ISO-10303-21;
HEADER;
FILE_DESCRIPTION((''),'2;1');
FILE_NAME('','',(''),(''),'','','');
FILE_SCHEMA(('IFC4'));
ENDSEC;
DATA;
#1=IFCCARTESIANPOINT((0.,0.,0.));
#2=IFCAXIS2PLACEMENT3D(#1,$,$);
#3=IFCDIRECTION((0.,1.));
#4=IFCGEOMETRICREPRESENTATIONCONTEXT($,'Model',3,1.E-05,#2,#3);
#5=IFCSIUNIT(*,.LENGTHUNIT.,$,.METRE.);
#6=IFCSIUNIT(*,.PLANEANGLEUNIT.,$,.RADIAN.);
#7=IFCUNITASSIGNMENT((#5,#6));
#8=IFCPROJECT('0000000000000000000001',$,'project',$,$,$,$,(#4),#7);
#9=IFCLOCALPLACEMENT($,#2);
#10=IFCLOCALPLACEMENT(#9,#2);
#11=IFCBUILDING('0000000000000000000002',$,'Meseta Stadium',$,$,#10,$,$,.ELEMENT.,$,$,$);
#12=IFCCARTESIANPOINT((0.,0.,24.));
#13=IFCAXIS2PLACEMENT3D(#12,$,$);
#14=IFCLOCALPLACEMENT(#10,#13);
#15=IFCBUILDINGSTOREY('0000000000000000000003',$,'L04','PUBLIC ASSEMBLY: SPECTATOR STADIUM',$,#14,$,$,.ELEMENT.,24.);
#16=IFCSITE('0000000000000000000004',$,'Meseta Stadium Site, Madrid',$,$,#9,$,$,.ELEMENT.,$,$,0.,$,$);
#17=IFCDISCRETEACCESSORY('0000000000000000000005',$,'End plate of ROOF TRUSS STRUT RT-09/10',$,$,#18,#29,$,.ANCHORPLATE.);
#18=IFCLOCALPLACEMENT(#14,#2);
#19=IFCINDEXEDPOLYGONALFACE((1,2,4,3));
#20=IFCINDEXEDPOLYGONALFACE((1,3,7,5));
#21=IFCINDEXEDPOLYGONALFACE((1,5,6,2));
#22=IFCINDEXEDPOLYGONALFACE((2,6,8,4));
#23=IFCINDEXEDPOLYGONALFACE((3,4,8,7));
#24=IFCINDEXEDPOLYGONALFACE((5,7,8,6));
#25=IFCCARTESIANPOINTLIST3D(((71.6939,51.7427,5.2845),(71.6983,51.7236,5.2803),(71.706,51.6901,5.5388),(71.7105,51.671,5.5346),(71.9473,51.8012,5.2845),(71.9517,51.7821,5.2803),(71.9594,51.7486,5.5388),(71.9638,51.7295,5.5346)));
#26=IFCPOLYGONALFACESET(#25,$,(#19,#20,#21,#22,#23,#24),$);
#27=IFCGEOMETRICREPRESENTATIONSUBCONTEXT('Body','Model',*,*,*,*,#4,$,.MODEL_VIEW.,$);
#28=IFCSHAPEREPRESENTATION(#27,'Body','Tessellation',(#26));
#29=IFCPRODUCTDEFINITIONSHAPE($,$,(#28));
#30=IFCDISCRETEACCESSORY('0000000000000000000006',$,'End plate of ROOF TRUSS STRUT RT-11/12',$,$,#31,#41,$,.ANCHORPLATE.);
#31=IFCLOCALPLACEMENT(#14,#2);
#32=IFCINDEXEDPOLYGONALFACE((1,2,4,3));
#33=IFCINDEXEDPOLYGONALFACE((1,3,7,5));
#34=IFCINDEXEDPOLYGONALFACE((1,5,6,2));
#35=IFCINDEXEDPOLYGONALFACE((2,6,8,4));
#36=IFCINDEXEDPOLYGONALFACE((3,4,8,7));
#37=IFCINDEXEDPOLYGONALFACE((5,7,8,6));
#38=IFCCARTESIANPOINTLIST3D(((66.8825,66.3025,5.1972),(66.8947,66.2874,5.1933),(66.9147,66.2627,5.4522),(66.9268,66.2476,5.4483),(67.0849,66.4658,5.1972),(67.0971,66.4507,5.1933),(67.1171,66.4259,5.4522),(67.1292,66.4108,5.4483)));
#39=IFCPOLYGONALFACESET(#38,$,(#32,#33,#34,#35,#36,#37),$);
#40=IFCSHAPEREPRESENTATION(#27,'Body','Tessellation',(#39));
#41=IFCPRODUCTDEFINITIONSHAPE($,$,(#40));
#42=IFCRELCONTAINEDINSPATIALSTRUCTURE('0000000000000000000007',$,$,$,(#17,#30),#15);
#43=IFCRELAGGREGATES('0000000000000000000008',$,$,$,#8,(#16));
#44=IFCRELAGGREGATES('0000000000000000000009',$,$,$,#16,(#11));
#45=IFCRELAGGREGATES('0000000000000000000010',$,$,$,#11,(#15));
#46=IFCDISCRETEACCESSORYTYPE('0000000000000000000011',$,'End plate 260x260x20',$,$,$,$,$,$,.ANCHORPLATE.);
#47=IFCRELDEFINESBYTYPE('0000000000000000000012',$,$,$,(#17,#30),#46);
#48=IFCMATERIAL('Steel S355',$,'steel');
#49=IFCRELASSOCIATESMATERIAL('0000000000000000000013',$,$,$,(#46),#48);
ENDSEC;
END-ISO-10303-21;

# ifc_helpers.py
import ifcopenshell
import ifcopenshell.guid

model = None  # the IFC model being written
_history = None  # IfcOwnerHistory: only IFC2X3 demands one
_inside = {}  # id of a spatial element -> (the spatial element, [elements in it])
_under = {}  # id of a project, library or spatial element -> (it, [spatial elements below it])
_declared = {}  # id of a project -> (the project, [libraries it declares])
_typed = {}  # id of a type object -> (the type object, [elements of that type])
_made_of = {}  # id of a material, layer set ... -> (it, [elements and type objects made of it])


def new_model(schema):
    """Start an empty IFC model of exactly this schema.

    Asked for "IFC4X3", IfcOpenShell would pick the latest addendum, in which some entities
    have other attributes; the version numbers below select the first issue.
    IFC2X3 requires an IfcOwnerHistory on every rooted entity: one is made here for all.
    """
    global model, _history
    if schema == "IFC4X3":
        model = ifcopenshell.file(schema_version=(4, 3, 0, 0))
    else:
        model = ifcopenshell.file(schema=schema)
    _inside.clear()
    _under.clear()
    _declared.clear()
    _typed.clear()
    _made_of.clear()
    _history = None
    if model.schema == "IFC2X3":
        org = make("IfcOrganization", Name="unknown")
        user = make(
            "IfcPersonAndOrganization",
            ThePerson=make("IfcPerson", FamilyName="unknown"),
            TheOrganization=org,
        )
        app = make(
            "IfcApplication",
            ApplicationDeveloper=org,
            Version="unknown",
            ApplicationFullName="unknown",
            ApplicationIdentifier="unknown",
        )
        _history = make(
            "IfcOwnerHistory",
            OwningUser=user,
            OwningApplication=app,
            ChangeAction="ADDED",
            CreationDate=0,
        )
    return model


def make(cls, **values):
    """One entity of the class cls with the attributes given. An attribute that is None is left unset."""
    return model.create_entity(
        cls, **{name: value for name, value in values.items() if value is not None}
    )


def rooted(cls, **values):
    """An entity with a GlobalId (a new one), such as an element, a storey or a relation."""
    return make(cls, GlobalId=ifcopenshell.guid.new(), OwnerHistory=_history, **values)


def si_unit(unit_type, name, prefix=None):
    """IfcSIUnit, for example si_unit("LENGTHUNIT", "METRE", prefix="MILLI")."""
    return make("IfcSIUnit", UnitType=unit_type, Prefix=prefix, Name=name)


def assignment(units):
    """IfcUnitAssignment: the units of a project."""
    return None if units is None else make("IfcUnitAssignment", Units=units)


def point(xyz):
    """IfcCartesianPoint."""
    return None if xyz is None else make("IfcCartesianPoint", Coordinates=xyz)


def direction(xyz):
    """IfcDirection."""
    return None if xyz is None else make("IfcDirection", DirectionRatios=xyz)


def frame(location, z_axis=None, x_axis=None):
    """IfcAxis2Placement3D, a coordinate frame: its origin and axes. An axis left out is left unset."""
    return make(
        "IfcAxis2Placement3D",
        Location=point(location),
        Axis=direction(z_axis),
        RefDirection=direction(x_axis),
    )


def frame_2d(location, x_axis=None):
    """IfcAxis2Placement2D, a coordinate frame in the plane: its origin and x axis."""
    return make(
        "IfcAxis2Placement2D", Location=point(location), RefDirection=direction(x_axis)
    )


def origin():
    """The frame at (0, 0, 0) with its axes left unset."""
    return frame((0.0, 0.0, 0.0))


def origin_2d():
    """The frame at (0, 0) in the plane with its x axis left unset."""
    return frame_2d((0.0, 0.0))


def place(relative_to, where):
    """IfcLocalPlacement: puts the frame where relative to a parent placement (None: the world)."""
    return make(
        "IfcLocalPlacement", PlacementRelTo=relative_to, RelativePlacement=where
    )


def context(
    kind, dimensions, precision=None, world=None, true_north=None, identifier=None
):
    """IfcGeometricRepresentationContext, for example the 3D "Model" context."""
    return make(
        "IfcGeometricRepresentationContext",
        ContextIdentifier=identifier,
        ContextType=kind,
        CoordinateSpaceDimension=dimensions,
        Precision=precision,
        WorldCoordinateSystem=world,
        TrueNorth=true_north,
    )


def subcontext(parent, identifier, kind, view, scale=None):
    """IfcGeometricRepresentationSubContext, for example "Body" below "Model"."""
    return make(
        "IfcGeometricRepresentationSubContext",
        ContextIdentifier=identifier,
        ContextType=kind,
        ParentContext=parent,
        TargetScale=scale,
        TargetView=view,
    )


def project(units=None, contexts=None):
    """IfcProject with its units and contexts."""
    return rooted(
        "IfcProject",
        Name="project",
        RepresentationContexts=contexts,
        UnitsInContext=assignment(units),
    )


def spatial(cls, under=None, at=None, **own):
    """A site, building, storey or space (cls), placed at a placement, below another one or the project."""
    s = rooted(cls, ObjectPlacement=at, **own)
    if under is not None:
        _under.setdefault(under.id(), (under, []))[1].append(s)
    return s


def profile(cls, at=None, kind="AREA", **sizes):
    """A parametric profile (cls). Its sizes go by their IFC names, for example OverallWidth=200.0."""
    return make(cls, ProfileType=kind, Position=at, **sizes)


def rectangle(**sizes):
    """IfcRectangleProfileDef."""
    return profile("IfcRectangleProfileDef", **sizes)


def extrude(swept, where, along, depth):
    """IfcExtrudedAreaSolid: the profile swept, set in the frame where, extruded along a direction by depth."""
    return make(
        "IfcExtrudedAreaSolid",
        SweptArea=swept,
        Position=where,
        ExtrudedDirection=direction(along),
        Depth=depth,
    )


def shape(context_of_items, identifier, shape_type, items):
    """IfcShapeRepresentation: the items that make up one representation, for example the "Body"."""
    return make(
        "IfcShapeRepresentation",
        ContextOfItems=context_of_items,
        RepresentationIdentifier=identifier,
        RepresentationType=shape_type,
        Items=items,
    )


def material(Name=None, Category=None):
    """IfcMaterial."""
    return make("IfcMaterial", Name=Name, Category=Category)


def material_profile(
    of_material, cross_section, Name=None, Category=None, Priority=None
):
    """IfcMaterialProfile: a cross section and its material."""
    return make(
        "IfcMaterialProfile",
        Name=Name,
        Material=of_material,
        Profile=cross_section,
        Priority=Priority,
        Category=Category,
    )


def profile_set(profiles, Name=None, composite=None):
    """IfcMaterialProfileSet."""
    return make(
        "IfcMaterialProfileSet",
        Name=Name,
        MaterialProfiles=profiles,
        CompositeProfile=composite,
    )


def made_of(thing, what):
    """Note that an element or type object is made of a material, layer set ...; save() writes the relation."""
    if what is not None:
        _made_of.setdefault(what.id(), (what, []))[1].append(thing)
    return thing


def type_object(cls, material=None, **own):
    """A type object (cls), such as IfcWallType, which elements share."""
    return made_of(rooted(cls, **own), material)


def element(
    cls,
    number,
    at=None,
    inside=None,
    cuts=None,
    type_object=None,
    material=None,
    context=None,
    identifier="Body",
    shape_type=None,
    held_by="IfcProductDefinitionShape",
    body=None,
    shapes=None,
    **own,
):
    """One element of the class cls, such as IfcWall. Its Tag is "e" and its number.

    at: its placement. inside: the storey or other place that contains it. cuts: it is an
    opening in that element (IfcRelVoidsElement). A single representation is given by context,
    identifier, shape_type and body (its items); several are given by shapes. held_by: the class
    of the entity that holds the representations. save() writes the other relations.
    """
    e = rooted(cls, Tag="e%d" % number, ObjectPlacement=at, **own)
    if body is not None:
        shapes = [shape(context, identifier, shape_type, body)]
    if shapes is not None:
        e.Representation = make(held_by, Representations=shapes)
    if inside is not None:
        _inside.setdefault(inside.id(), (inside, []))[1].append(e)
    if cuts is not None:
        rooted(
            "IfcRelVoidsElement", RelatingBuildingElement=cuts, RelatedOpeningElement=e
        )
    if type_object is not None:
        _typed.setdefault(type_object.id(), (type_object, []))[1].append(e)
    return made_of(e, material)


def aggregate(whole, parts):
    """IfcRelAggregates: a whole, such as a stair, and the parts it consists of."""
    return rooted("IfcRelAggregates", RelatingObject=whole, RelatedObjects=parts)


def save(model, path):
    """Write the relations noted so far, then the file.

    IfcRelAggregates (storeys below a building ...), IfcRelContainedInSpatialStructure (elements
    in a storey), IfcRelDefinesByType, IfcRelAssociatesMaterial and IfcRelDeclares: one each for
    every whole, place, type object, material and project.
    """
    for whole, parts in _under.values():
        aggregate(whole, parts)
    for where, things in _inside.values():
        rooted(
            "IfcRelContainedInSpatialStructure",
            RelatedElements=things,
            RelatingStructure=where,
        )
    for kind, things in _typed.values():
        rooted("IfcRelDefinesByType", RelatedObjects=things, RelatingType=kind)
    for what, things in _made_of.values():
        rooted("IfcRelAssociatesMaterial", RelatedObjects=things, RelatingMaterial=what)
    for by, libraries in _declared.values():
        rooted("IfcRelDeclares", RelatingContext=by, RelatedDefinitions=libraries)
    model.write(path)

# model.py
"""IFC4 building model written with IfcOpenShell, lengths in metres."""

from ifc_helpers import new_model, si_unit, direction, frame, origin, origin_2d, place, context, subcontext, project, spatial, rectangle, extrude, material, material_profile, profile_set, type_object, element, save


model = new_model("IFC4")

# Units and contexts
model_context = context("Model", 3, precision=1e-05, world=origin(), true_north=direction((0.0, 1.0)))
body_context = subcontext(model_context, "Body", "Model", "MODEL_VIEW")
ifc_project = project(units=[si_unit("LENGTHUNIT", "METRE"), si_unit("PLANEANGLEUNIT", "RADIAN")], contexts=[model_context])

# Site, building, storey
site_placement = place(None, origin())
site = spatial("IfcSite", under=ifc_project, at=site_placement, Name="Meseta Stadium Site, Madrid", CompositionType="ELEMENT", RefElevation=0.0)
building_placement = place(site_placement, origin())
building = spatial("IfcBuilding", under=site, at=building_placement, Name="Meseta Stadium", CompositionType="ELEMENT")
storey_placement = place(building_placement, frame((0.0, 0.0, 24.0)))
storey = spatial("IfcBuildingStorey", under=building, at=storey_placement, Name="L04", Description="PUBLIC ASSEMBLY: SPECTATOR STADIUM", CompositionType="ELEMENT", Elevation=24.0)

# Discrete accessories
ifc_material_1 = material(Name="Steel S355", Category="steel")
ifc_material_profile_1 = material_profile(ifc_material_1, rectangle(XDim=0.26, YDim=0.26, at=origin_2d()), Name="PL 260x260")
ifc_profile_set_1 = profile_set([ifc_material_profile_1], Name="Steel S355")
discrete_accessory_type_1 = type_object("IfcDiscreteAccessoryType", Name="End plate 260x260x20", PredefinedType="ANCHORPLATE", material=ifc_profile_set_1)
discrete_accessory_1_placement = place(storey_placement, frame((71.8311, 51.7266, 5.4075), z_axis=(-0.219954, 0.953135, 0.207735), x_axis=(-0.974391, -0.22486, 0.0)))
element("IfcDiscreteAccessory", 1, at=discrete_accessory_1_placement, inside=storey, type_object=discrete_accessory_type_1, Name="End plate of ROOF TRUSS STRUT RT-09/10", PredefinedType="ANCHORPLATE", context=body_context, shape_type="SweptSolid", body=[
    extrude(rectangle(XDim=0.26, YDim=0.26, at=origin_2d()), origin(), (0.0, 0.0, 1.0), 0.02),
])
discrete_accessory_2_placement = place(storey_placement, frame((67.012, 66.3491, 5.3208), z_axis=(-0.615457, 0.763167, 0.196946), x_axis=(-0.778413, -0.627752, 0.0)))
element("IfcDiscreteAccessory", 2, at=discrete_accessory_2_placement, inside=storey, type_object=discrete_accessory_type_1, Name="End plate of ROOF TRUSS STRUT RT-11/12", PredefinedType="ANCHORPLATE", context=body_context, shape_type="SweptSolid", body=[
    extrude(rectangle(XDim=0.26, YDim=0.26, at=origin_2d()), origin(), (0.0, 0.0, 1.0), 0.0198),
])

save(model, "model.ifc")
